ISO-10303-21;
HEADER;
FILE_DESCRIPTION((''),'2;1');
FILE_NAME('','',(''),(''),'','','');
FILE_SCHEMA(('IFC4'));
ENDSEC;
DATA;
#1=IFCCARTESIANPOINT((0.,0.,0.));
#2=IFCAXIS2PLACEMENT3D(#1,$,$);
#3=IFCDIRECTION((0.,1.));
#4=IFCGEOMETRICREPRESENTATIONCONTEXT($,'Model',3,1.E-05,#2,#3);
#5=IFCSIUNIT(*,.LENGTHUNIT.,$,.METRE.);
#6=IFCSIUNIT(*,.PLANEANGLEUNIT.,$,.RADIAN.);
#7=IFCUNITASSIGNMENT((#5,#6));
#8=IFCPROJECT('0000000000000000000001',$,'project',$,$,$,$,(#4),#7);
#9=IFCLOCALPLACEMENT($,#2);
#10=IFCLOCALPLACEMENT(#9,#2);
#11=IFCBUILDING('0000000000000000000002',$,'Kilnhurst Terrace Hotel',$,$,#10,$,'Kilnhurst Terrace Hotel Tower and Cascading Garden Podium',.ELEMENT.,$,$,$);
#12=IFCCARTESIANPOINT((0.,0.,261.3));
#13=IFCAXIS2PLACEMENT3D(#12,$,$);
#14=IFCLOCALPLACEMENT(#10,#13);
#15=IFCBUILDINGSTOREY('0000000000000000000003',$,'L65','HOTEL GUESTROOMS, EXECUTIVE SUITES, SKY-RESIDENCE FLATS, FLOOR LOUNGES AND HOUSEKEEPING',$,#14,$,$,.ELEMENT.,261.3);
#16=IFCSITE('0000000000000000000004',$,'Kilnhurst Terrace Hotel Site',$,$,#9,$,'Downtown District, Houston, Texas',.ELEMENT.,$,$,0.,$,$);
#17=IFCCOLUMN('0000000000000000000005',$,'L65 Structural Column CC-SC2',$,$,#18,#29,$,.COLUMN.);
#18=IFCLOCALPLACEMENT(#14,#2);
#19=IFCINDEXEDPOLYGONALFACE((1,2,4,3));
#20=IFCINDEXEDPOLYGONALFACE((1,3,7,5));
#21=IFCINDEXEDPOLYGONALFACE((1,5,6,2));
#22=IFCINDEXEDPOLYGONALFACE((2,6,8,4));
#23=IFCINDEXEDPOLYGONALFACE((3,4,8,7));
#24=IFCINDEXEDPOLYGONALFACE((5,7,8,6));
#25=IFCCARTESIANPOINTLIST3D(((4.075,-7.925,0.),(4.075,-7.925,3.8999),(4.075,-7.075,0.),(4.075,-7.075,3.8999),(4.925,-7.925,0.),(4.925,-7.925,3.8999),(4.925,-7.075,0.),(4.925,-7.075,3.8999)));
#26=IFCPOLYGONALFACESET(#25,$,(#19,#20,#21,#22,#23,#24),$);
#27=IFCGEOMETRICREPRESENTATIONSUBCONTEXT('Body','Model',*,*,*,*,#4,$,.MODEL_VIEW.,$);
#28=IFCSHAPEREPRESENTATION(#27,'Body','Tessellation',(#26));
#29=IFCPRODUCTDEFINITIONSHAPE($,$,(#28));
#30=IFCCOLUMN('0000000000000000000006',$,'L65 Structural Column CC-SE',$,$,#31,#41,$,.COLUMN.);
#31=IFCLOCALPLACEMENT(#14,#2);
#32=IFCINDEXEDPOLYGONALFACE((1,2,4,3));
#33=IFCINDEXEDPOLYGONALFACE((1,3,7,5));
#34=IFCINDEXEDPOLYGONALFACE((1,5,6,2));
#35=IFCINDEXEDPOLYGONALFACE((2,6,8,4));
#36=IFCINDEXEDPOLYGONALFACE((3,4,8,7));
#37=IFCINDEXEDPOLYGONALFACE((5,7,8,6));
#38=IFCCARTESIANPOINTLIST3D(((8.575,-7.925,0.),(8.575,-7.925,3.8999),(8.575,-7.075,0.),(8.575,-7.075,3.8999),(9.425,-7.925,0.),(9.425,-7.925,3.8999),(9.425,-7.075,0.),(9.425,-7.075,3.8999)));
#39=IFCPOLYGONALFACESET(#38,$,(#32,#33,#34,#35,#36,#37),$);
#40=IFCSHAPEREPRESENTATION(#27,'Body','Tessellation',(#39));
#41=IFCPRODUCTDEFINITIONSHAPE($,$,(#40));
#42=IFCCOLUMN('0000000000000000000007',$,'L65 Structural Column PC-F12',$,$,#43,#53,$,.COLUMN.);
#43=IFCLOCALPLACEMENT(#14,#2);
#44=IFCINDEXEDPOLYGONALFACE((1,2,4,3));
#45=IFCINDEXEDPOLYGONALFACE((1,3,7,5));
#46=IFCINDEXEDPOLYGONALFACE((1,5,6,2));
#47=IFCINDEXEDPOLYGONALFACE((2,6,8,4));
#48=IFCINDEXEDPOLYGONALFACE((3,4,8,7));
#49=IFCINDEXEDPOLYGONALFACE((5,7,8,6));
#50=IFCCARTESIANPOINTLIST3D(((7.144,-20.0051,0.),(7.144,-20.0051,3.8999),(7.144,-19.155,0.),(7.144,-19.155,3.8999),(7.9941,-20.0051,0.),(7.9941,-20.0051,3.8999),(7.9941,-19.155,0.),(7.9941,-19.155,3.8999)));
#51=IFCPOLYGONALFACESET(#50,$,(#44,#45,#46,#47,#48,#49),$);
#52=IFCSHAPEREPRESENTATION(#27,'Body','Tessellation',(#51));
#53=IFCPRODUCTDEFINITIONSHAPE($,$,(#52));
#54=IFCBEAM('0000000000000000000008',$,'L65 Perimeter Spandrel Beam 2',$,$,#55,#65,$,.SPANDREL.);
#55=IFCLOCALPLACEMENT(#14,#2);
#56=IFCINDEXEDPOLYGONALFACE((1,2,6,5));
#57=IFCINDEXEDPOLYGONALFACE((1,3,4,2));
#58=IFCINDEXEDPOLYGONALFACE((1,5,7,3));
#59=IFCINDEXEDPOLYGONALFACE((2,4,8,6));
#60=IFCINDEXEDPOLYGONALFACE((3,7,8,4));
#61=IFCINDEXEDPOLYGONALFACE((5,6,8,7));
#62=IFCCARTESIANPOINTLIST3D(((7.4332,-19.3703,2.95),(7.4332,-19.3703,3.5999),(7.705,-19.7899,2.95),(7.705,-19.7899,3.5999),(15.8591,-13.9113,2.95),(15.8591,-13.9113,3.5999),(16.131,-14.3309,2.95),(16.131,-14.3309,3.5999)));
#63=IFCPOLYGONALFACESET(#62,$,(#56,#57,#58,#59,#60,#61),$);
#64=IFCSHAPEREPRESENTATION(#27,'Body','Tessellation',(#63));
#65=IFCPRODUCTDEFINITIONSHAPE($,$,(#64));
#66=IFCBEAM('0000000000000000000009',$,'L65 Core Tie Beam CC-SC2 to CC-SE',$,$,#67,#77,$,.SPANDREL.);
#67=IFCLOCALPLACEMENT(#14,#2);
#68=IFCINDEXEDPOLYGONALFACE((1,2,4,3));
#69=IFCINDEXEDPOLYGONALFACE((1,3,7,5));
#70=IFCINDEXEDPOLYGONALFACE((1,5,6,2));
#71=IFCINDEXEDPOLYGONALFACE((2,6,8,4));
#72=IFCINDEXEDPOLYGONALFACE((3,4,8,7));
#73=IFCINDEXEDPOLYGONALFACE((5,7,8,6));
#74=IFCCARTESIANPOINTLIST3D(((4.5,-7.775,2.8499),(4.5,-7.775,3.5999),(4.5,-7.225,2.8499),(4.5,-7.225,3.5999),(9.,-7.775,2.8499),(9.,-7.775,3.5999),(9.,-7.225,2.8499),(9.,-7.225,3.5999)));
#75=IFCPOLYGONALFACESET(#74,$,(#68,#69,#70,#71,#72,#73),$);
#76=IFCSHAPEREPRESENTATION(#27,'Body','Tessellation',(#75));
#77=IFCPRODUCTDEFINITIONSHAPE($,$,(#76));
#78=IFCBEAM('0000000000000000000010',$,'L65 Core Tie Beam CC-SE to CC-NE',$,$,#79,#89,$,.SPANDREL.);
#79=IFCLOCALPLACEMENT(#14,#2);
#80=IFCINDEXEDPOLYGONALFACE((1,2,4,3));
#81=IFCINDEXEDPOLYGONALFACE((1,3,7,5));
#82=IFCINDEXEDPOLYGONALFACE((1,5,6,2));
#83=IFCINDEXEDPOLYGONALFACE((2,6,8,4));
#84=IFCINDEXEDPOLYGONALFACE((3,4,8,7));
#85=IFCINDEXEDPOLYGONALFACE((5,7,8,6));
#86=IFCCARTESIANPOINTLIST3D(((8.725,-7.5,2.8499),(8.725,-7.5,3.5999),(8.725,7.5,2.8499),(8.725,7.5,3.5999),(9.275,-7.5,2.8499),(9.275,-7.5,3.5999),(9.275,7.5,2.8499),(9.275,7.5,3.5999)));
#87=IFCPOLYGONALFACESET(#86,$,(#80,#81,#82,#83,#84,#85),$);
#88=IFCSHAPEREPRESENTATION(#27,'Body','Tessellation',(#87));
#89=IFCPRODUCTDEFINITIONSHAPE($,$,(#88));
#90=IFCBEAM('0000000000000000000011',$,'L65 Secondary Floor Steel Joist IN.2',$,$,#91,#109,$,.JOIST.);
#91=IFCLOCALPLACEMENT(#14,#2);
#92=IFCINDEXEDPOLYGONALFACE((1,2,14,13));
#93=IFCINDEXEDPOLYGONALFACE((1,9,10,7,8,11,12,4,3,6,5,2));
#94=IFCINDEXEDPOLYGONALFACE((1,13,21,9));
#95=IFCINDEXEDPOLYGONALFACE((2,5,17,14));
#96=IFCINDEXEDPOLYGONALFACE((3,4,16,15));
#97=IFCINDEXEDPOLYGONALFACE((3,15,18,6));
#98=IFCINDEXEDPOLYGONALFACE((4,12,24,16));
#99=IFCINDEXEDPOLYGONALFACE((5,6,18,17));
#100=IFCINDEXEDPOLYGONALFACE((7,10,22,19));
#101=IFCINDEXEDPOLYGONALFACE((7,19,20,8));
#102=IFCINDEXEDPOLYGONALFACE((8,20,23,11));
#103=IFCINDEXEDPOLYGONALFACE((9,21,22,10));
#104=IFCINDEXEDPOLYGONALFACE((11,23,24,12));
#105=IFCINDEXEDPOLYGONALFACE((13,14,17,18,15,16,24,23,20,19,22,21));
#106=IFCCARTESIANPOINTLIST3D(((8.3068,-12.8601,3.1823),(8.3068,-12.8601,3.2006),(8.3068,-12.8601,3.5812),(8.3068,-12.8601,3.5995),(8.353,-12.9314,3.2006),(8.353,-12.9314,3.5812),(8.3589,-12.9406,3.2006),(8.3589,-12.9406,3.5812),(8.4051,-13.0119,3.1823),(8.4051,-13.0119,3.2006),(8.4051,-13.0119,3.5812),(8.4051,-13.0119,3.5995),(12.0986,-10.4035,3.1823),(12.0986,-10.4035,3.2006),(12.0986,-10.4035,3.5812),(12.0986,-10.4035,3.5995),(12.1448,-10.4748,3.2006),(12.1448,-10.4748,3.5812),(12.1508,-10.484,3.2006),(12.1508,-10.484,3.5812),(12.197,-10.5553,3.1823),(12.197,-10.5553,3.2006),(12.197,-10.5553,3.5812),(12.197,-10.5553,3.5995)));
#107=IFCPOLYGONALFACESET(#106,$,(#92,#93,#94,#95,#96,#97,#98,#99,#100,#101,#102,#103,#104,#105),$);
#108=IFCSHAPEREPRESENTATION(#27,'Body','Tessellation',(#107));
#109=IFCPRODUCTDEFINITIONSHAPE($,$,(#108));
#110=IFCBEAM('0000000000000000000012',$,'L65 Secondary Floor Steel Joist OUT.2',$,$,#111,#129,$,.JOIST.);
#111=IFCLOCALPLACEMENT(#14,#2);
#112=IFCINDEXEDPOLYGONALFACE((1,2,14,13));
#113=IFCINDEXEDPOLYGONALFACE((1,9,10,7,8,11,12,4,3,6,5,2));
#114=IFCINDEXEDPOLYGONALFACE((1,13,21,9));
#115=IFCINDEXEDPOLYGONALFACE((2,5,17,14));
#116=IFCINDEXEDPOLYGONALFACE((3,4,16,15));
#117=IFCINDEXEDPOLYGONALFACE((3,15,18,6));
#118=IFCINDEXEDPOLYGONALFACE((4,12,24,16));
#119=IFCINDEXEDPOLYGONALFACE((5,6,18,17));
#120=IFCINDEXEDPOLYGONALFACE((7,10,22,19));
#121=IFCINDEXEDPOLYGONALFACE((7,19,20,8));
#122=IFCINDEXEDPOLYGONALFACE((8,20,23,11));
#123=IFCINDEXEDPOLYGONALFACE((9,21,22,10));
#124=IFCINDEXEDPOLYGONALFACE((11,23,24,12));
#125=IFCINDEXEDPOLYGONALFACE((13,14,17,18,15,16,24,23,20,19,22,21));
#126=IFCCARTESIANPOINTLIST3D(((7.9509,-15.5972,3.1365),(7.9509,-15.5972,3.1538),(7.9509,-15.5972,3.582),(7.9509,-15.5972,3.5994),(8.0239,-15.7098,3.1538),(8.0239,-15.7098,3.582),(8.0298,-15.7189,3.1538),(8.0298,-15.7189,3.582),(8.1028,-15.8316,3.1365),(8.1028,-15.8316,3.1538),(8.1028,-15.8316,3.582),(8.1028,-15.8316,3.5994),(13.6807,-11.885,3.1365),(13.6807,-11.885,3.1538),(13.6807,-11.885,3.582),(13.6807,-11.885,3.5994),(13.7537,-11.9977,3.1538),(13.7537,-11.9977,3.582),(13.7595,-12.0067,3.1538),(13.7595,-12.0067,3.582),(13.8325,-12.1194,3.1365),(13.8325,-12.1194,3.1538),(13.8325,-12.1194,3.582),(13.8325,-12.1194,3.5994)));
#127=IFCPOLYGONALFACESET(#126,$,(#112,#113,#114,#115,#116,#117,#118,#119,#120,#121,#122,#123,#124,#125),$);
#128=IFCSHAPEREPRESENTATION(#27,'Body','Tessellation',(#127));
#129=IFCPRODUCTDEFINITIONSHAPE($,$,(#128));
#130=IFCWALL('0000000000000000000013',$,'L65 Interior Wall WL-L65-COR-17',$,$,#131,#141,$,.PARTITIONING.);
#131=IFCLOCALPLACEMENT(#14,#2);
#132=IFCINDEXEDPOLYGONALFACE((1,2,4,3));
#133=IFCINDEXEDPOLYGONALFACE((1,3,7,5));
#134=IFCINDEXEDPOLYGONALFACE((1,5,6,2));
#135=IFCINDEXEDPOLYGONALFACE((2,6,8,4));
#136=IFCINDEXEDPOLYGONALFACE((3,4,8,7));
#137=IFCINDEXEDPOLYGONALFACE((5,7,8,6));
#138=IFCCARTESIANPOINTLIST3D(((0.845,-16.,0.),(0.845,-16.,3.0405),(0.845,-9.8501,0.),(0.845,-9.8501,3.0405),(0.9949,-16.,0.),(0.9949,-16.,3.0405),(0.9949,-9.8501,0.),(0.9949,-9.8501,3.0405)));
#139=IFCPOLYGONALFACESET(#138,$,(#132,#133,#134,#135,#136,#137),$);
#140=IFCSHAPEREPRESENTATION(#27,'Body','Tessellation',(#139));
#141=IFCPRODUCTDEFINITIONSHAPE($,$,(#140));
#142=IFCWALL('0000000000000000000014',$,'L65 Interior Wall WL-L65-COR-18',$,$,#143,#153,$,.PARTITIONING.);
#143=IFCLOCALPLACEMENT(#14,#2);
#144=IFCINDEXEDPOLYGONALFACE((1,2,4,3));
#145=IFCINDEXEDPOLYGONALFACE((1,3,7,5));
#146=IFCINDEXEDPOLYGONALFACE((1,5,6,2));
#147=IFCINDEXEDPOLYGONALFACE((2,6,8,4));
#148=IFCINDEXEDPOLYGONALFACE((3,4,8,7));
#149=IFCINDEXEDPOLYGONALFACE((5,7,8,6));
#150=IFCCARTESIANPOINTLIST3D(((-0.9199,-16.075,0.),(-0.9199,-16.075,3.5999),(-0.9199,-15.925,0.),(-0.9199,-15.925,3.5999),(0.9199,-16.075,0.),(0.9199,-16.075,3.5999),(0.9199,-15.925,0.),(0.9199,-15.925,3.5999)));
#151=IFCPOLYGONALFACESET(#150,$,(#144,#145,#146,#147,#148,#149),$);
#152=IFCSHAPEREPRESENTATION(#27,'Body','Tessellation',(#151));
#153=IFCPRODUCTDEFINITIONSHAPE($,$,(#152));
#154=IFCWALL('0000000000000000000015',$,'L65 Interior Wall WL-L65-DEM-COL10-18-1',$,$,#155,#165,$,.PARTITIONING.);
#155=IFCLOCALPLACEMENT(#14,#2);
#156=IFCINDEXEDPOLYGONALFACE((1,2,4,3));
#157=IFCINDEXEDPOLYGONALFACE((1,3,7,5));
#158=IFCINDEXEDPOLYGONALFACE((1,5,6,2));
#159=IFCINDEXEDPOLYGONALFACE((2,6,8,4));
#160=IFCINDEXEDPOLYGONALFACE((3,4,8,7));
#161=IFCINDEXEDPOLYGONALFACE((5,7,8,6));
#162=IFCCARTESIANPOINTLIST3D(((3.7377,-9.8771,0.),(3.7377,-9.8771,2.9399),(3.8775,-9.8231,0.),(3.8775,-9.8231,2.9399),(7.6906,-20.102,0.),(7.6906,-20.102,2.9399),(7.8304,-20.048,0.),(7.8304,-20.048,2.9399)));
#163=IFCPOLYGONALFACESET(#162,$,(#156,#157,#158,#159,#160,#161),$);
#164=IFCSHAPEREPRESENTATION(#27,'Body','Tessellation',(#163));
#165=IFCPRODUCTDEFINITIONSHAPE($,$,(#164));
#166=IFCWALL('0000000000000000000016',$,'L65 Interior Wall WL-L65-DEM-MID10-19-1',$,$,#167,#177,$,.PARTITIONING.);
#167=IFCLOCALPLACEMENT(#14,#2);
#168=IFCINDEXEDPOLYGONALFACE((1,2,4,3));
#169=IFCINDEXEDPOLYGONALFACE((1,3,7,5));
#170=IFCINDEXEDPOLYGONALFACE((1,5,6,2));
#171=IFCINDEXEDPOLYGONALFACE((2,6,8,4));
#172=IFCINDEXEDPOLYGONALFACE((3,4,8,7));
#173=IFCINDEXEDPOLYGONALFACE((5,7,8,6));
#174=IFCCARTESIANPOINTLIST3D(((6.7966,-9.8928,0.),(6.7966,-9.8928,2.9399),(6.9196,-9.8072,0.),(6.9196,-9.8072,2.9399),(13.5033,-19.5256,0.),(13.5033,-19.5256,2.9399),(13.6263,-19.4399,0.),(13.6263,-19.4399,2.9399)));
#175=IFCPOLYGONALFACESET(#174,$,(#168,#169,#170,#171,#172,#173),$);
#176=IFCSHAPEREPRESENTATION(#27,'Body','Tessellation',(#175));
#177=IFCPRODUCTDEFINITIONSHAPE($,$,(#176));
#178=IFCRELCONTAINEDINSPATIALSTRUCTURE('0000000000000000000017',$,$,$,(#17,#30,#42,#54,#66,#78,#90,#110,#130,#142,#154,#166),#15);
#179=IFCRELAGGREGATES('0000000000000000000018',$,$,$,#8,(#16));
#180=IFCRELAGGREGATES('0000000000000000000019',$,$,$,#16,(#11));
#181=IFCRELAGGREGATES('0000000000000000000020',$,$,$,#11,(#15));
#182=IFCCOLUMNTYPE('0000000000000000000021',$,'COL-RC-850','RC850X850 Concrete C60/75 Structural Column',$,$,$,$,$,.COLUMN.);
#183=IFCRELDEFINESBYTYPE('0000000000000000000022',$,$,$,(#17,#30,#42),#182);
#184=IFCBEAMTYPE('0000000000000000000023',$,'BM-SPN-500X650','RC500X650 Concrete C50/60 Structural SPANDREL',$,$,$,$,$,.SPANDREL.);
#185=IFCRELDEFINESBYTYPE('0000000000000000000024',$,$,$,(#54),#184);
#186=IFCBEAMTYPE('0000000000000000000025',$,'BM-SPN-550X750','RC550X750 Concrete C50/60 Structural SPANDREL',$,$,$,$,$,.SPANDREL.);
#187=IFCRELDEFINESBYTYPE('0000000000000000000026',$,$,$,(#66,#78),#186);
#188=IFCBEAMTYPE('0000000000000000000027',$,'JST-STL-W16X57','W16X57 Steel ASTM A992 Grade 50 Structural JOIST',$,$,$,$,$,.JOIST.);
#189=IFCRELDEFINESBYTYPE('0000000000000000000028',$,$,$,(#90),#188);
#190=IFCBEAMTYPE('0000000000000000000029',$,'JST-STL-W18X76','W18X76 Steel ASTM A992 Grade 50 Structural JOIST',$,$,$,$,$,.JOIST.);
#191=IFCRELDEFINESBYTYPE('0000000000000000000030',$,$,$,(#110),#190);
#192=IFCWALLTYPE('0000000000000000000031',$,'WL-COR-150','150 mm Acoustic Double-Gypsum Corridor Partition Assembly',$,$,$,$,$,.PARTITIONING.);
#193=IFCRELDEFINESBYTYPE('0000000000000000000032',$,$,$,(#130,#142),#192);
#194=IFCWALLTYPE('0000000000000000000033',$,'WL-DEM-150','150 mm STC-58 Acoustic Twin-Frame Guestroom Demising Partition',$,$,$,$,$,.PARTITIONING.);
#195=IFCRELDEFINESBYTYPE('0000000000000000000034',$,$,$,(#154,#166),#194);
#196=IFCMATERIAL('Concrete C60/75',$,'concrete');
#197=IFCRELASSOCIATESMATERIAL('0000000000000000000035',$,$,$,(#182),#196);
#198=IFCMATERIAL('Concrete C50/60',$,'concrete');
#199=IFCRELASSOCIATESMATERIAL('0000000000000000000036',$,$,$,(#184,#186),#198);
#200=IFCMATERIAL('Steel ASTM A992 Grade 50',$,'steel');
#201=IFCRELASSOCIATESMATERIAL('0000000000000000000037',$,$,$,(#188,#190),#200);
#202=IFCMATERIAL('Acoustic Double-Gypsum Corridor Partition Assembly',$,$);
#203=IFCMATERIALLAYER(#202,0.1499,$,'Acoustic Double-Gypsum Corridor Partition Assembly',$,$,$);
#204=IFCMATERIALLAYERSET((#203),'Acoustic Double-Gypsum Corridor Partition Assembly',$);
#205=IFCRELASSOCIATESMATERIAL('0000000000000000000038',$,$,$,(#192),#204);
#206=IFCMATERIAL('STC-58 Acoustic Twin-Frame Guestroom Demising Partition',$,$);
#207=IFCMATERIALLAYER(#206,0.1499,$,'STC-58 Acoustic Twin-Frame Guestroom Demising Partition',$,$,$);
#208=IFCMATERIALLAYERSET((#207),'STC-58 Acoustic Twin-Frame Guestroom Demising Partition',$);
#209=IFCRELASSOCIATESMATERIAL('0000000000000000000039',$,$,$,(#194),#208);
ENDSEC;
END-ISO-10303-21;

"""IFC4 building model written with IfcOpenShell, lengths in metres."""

from ifc_helpers import new_model, si_unit, direction, frame, frame_2d, origin, origin_2d, place, context, subcontext, project, spatial, rectangle, i_section, extrude, material, layer, layer_set, material_profile, profile_set, type_object, element, save


model = new_model("IFC4")

# Units and contexts
model_context = context("Model", 3, precision=1e-05, world=origin(), true_north=direction((0.0, 1.0)))
body_context = subcontext(model_context, "Body", "Model", "MODEL_VIEW")
ifc_project = project(units=[si_unit("LENGTHUNIT", "METRE"), si_unit("PLANEANGLEUNIT", "RADIAN")], contexts=[model_context])

# Site, building, storey
site_placement = place(None, origin())
site = spatial("IfcSite", under=ifc_project, at=site_placement, Name="Kilnhurst Terrace Hotel Site", LongName="Downtown District, Houston, Texas", CompositionType="ELEMENT", RefElevation=0.0)
building_placement = place(site_placement, origin())
building = spatial("IfcBuilding", under=site, at=building_placement, Name="Kilnhurst Terrace Hotel", LongName="Kilnhurst Terrace Hotel Tower and Cascading Garden Podium", CompositionType="ELEMENT")
storey_placement = place(building_placement, frame((0.0, 0.0, 261.3)))
storey = spatial("IfcBuildingStorey", under=building, at=storey_placement, Name="L65", Description="HOTEL GUESTROOMS, EXECUTIVE SUITES, SKY-RESIDENCE FLATS, FLOOR LOUNGES AND HOUSEKEEPING", CompositionType="ELEMENT", Elevation=261.3)

# Columns
ifc_material_1 = material(Name="Concrete C60/75", Category="concrete")
ifc_material_profile_1 = material_profile(ifc_material_1, rectangle(XDim=0.8501, YDim=0.8501, at=origin_2d()), Name="RC850X850")
ifc_profile_set_1 = profile_set([ifc_material_profile_1], Name="Concrete C60/75")
column_type = type_object("IfcColumnType", Name="COL-RC-850", Description="RC850X850 Concrete C60/75 Structural Column", PredefinedType="COLUMN", material=ifc_profile_set_1)
for number, where, z_axis, x_axis, name in (
    (1, (4.5, -7.5, 0.0), (0.0, 0.0, 1.0), (1.0, 0.0, 0.0), "L65 Structural Column CC-SC2"),
    (2, (9.0, -7.5, 0.0), (0.0, 0.0, 1.0), (1.0, 0.0, 0.0), "L65 Structural Column CC-SE"),
    (3, (7.5691, -19.5801, 0.0), (0.0, 0.0, 1.0), (1.0, 0.0, 0.0), "L65 Structural Column PC-F12"),
):
    element("IfcColumn", number, at=place(storey_placement, frame(where, z_axis=z_axis, x_axis=x_axis)), inside=storey, type_object=column_type, Name=name, PredefinedType="COLUMN", context=body_context, shape_type="SweptSolid", body=[
        extrude(rectangle(XDim=0.8501, YDim=0.8501, at=origin_2d()), origin(), (0.0, 0.0, 1.0), 3.8999),
    ])

# Beams
ifc_material_2 = material(Name="Concrete C50/60", Category="concrete")
ifc_material_profile_2 = material_profile(ifc_material_2, rectangle(XDim=0.5, YDim=0.6499, at=origin_2d()), Name="RC500X650")
ifc_profile_set_2 = profile_set([ifc_material_profile_2], Name="Concrete C50/60")
beam_type_1 = type_object("IfcBeamType", Name="BM-SPN-500X650", Description="RC500X650 Concrete C50/60 Structural SPANDREL", PredefinedType="SPANDREL", material=ifc_profile_set_2)
beam_1_placement = place(storey_placement, frame((7.5691, -19.5801, 3.2749), z_axis=(0.839259, 0.543732, 0.0), x_axis=(-0.543732, 0.839259, 0.0)))
element("IfcBeam", 4, at=beam_1_placement, inside=storey, type_object=beam_type_1, Name="L65 Perimeter Spandrel Beam 2", PredefinedType="SPANDREL", context=body_context, shape_type="SweptSolid", body=[
    extrude(rectangle(XDim=0.5, YDim=0.6499, at=origin_2d()), origin(), (0.0, 0.0, 1.0), 10.0398),
])
ifc_material_profile_3 = material_profile(ifc_material_2, rectangle(XDim=0.55, YDim=0.75, at=origin_2d()), Name="RC550X750")
ifc_profile_set_3 = profile_set([ifc_material_profile_3], Name="Concrete C50/60")
beam_type_2 = type_object("IfcBeamType", Name="BM-SPN-550X750", Description="RC550X750 Concrete C50/60 Structural SPANDREL", PredefinedType="SPANDREL", material=ifc_profile_set_3)
beam_2_placement = place(storey_placement, frame((4.5, -7.5, 3.2249), z_axis=(1.0, 0.0, 0.0), x_axis=(0.0, 1.0, 0.0)))
element("IfcBeam", 5, at=beam_2_placement, inside=storey, type_object=beam_type_2, Name="L65 Core Tie Beam CC-SC2 to CC-SE", PredefinedType="SPANDREL", context=body_context, shape_type="SweptSolid", body=[
    extrude(rectangle(XDim=0.55, YDim=0.75, at=origin_2d()), origin(), (0.0, 0.0, 1.0), 4.5),
])
beam_3_placement = place(storey_placement, frame((9.0, -7.5, 3.2249), z_axis=(0.0, 1.0, 0.0), x_axis=(-1.0, 0.0, 0.0)))
element("IfcBeam", 6, at=beam_3_placement, inside=storey, type_object=beam_type_2, Name="L65 Core Tie Beam CC-SE to CC-NE", PredefinedType="SPANDREL", context=body_context, shape_type="SweptSolid", body=[
    extrude(rectangle(XDim=0.55, YDim=0.75, at=origin_2d()), origin(), (0.0, 0.0, 1.0), 15.0),
])
ifc_material_3 = material(Name="Steel ASTM A992 Grade 50", Category="steel")
ifc_material_profile_4 = material_profile(ifc_material_3, i_section(OverallWidth=0.1809, OverallDepth=0.4172, WebThickness=0.011, FlangeThickness=0.0183, at=origin_2d()), Name="W16X57")
ifc_profile_set_4 = profile_set([ifc_material_profile_4], Name="Steel ASTM A992 Grade 50")
beam_type_3 = type_object("IfcBeamType", Name="JST-STL-W16X57", Description="W16X57 Steel ASTM A992 Grade 50 Structural JOIST", PredefinedType="JOIST", material=ifc_profile_set_4)
beam_4_placement = place(storey_placement, frame((8.356, -12.936, 3.3909), z_axis=(0.839261, 0.543728, 0.0), x_axis=(-0.543728, 0.839261, 0.0)))
element("IfcBeam", 7, at=beam_4_placement, inside=storey, type_object=beam_type_3, Name="L65 Secondary Floor Steel Joist IN.2", PredefinedType="JOIST", context=body_context, shape_type="SweptSolid", body=[
    extrude(i_section(OverallWidth=0.1809, OverallDepth=0.4172, WebThickness=0.011, FlangeThickness=0.0183, at=origin_2d()), origin(), (0.0, 0.0, 1.0), 4.5181),
])
ifc_material_profile_5 = material_profile(ifc_material_3, i_section(OverallWidth=0.2793, OverallDepth=0.4629, WebThickness=0.0107, FlangeThickness=0.0173, at=origin_2d()), Name="W18X76")
ifc_profile_set_5 = profile_set([ifc_material_profile_5], Name="Steel ASTM A992 Grade 50")
beam_type_4 = type_object("IfcBeamType", Name="JST-STL-W18X76", Description="W18X76 Steel ASTM A992 Grade 50 Structural JOIST", PredefinedType="JOIST", material=ifc_profile_set_5)
beam_5_placement = place(storey_placement, frame((8.0269, -15.7144, 3.3679), z_axis=(0.839257, 0.543735, 0.0), x_axis=(-0.543735, 0.839257, 0.0)))
element("IfcBeam", 8, at=beam_5_placement, inside=storey, type_object=beam_type_4, Name="L65 Secondary Floor Steel Joist OUT.2", PredefinedType="JOIST", context=body_context, shape_type="SweptSolid", body=[
    extrude(i_section(OverallWidth=0.2793, OverallDepth=0.4629, WebThickness=0.0107, FlangeThickness=0.0173, at=origin_2d()), origin(), (0.0, 0.0, 1.0), 6.8271),
])

# Walls
ifc_material_4 = material(Name="Acoustic Double-Gypsum Corridor Partition Assembly")
ifc_layer_1 = layer(ifc_material_4, 0.1499, Name="Acoustic Double-Gypsum Corridor Partition Assembly")
ifc_layer_set_1 = layer_set([ifc_layer_1], Name="Acoustic Double-Gypsum Corridor Partition Assembly")
wall_type_1 = type_object("IfcWallType", Name="WL-COR-150", Description="150 mm Acoustic Double-Gypsum Corridor Partition Assembly", PredefinedType="PARTITIONING", material=ifc_layer_set_1)
wall_1_placement = place(storey_placement, frame((0.9199, -9.8501, 0.0), z_axis=(0.0, 0.0, 1.0), x_axis=(0.0, -1.0, 0.0)))
element("IfcWall", 9, at=wall_1_placement, inside=storey, type_object=wall_type_1, Name="L65 Interior Wall WL-L65-COR-17", PredefinedType="PARTITIONING", context=body_context, shape_type="SweptSolid", body=[
    extrude(rectangle(XDim=6.1499, YDim=0.1499, at=frame_2d((3.075, 0.0))), origin(), (0.0, 0.0, 1.0), 3.0405),
])
wall_2_placement = place(storey_placement, frame((0.9199, -16.0, 0.0), z_axis=(0.0, 0.0, 1.0), x_axis=(-1.0, 0.0, 0.0)))
element("IfcWall", 10, at=wall_2_placement, inside=storey, type_object=wall_type_1, Name="L65 Interior Wall WL-L65-COR-18", PredefinedType="PARTITIONING", context=body_context, shape_type="SweptSolid", body=[
    extrude(rectangle(XDim=1.8398, YDim=0.1499, at=frame_2d((0.9199, 0.0))), origin(), (0.0, 0.0, 1.0), 3.5999),
])
ifc_material_5 = material(Name="STC-58 Acoustic Twin-Frame Guestroom Demising Partition")
ifc_layer_2 = layer(ifc_material_5, 0.1499, Name="STC-58 Acoustic Twin-Frame Guestroom Demising Partition")
ifc_layer_set_2 = layer_set([ifc_layer_2], Name="STC-58 Acoustic Twin-Frame Guestroom Demising Partition")
wall_type_2 = type_object("IfcWallType", Name="WL-DEM-150", Description="150 mm STC-58 Acoustic Twin-Frame Guestroom Demising Partition", PredefinedType="PARTITIONING", material=ifc_layer_set_2)
wall_3_placement = place(storey_placement, frame((3.8076, -9.8501, 0.0), z_axis=(0.0, 0.0, 1.0), x_axis=(0.360587, -0.932725, 0.0)))
element("IfcWall", 11, at=wall_3_placement, inside=storey, type_object=wall_type_2, Name="L65 Interior Wall WL-L65-DEM-COL10-18-1", PredefinedType="PARTITIONING", context=body_context, shape_type="SweptSolid", body=[
    extrude(rectangle(XDim=10.9624, YDim=0.1499, at=frame_2d((5.4812, 0.0))), origin(), (0.0, 0.0, 1.0), 2.9399),
])
wall_4_placement = place(storey_placement, frame((6.8582, -9.8501, 0.0), z_axis=(0.0, 0.0, 1.0), x_axis=(0.571392, -0.820677, 0.0)))
element("IfcWall", 12, at=wall_4_placement, inside=storey, type_object=wall_type_2, Name="L65 Interior Wall WL-L65-DEM-MID10-19-1", PredefinedType="PARTITIONING", context=body_context, shape_type="SweptSolid", body=[
    extrude(rectangle(XDim=11.7375, YDim=0.1499, at=frame_2d((5.8687, 0.0))), origin(), (0.0, 0.0, 1.0), 2.9399),
])

save(model, "model.ifc")
